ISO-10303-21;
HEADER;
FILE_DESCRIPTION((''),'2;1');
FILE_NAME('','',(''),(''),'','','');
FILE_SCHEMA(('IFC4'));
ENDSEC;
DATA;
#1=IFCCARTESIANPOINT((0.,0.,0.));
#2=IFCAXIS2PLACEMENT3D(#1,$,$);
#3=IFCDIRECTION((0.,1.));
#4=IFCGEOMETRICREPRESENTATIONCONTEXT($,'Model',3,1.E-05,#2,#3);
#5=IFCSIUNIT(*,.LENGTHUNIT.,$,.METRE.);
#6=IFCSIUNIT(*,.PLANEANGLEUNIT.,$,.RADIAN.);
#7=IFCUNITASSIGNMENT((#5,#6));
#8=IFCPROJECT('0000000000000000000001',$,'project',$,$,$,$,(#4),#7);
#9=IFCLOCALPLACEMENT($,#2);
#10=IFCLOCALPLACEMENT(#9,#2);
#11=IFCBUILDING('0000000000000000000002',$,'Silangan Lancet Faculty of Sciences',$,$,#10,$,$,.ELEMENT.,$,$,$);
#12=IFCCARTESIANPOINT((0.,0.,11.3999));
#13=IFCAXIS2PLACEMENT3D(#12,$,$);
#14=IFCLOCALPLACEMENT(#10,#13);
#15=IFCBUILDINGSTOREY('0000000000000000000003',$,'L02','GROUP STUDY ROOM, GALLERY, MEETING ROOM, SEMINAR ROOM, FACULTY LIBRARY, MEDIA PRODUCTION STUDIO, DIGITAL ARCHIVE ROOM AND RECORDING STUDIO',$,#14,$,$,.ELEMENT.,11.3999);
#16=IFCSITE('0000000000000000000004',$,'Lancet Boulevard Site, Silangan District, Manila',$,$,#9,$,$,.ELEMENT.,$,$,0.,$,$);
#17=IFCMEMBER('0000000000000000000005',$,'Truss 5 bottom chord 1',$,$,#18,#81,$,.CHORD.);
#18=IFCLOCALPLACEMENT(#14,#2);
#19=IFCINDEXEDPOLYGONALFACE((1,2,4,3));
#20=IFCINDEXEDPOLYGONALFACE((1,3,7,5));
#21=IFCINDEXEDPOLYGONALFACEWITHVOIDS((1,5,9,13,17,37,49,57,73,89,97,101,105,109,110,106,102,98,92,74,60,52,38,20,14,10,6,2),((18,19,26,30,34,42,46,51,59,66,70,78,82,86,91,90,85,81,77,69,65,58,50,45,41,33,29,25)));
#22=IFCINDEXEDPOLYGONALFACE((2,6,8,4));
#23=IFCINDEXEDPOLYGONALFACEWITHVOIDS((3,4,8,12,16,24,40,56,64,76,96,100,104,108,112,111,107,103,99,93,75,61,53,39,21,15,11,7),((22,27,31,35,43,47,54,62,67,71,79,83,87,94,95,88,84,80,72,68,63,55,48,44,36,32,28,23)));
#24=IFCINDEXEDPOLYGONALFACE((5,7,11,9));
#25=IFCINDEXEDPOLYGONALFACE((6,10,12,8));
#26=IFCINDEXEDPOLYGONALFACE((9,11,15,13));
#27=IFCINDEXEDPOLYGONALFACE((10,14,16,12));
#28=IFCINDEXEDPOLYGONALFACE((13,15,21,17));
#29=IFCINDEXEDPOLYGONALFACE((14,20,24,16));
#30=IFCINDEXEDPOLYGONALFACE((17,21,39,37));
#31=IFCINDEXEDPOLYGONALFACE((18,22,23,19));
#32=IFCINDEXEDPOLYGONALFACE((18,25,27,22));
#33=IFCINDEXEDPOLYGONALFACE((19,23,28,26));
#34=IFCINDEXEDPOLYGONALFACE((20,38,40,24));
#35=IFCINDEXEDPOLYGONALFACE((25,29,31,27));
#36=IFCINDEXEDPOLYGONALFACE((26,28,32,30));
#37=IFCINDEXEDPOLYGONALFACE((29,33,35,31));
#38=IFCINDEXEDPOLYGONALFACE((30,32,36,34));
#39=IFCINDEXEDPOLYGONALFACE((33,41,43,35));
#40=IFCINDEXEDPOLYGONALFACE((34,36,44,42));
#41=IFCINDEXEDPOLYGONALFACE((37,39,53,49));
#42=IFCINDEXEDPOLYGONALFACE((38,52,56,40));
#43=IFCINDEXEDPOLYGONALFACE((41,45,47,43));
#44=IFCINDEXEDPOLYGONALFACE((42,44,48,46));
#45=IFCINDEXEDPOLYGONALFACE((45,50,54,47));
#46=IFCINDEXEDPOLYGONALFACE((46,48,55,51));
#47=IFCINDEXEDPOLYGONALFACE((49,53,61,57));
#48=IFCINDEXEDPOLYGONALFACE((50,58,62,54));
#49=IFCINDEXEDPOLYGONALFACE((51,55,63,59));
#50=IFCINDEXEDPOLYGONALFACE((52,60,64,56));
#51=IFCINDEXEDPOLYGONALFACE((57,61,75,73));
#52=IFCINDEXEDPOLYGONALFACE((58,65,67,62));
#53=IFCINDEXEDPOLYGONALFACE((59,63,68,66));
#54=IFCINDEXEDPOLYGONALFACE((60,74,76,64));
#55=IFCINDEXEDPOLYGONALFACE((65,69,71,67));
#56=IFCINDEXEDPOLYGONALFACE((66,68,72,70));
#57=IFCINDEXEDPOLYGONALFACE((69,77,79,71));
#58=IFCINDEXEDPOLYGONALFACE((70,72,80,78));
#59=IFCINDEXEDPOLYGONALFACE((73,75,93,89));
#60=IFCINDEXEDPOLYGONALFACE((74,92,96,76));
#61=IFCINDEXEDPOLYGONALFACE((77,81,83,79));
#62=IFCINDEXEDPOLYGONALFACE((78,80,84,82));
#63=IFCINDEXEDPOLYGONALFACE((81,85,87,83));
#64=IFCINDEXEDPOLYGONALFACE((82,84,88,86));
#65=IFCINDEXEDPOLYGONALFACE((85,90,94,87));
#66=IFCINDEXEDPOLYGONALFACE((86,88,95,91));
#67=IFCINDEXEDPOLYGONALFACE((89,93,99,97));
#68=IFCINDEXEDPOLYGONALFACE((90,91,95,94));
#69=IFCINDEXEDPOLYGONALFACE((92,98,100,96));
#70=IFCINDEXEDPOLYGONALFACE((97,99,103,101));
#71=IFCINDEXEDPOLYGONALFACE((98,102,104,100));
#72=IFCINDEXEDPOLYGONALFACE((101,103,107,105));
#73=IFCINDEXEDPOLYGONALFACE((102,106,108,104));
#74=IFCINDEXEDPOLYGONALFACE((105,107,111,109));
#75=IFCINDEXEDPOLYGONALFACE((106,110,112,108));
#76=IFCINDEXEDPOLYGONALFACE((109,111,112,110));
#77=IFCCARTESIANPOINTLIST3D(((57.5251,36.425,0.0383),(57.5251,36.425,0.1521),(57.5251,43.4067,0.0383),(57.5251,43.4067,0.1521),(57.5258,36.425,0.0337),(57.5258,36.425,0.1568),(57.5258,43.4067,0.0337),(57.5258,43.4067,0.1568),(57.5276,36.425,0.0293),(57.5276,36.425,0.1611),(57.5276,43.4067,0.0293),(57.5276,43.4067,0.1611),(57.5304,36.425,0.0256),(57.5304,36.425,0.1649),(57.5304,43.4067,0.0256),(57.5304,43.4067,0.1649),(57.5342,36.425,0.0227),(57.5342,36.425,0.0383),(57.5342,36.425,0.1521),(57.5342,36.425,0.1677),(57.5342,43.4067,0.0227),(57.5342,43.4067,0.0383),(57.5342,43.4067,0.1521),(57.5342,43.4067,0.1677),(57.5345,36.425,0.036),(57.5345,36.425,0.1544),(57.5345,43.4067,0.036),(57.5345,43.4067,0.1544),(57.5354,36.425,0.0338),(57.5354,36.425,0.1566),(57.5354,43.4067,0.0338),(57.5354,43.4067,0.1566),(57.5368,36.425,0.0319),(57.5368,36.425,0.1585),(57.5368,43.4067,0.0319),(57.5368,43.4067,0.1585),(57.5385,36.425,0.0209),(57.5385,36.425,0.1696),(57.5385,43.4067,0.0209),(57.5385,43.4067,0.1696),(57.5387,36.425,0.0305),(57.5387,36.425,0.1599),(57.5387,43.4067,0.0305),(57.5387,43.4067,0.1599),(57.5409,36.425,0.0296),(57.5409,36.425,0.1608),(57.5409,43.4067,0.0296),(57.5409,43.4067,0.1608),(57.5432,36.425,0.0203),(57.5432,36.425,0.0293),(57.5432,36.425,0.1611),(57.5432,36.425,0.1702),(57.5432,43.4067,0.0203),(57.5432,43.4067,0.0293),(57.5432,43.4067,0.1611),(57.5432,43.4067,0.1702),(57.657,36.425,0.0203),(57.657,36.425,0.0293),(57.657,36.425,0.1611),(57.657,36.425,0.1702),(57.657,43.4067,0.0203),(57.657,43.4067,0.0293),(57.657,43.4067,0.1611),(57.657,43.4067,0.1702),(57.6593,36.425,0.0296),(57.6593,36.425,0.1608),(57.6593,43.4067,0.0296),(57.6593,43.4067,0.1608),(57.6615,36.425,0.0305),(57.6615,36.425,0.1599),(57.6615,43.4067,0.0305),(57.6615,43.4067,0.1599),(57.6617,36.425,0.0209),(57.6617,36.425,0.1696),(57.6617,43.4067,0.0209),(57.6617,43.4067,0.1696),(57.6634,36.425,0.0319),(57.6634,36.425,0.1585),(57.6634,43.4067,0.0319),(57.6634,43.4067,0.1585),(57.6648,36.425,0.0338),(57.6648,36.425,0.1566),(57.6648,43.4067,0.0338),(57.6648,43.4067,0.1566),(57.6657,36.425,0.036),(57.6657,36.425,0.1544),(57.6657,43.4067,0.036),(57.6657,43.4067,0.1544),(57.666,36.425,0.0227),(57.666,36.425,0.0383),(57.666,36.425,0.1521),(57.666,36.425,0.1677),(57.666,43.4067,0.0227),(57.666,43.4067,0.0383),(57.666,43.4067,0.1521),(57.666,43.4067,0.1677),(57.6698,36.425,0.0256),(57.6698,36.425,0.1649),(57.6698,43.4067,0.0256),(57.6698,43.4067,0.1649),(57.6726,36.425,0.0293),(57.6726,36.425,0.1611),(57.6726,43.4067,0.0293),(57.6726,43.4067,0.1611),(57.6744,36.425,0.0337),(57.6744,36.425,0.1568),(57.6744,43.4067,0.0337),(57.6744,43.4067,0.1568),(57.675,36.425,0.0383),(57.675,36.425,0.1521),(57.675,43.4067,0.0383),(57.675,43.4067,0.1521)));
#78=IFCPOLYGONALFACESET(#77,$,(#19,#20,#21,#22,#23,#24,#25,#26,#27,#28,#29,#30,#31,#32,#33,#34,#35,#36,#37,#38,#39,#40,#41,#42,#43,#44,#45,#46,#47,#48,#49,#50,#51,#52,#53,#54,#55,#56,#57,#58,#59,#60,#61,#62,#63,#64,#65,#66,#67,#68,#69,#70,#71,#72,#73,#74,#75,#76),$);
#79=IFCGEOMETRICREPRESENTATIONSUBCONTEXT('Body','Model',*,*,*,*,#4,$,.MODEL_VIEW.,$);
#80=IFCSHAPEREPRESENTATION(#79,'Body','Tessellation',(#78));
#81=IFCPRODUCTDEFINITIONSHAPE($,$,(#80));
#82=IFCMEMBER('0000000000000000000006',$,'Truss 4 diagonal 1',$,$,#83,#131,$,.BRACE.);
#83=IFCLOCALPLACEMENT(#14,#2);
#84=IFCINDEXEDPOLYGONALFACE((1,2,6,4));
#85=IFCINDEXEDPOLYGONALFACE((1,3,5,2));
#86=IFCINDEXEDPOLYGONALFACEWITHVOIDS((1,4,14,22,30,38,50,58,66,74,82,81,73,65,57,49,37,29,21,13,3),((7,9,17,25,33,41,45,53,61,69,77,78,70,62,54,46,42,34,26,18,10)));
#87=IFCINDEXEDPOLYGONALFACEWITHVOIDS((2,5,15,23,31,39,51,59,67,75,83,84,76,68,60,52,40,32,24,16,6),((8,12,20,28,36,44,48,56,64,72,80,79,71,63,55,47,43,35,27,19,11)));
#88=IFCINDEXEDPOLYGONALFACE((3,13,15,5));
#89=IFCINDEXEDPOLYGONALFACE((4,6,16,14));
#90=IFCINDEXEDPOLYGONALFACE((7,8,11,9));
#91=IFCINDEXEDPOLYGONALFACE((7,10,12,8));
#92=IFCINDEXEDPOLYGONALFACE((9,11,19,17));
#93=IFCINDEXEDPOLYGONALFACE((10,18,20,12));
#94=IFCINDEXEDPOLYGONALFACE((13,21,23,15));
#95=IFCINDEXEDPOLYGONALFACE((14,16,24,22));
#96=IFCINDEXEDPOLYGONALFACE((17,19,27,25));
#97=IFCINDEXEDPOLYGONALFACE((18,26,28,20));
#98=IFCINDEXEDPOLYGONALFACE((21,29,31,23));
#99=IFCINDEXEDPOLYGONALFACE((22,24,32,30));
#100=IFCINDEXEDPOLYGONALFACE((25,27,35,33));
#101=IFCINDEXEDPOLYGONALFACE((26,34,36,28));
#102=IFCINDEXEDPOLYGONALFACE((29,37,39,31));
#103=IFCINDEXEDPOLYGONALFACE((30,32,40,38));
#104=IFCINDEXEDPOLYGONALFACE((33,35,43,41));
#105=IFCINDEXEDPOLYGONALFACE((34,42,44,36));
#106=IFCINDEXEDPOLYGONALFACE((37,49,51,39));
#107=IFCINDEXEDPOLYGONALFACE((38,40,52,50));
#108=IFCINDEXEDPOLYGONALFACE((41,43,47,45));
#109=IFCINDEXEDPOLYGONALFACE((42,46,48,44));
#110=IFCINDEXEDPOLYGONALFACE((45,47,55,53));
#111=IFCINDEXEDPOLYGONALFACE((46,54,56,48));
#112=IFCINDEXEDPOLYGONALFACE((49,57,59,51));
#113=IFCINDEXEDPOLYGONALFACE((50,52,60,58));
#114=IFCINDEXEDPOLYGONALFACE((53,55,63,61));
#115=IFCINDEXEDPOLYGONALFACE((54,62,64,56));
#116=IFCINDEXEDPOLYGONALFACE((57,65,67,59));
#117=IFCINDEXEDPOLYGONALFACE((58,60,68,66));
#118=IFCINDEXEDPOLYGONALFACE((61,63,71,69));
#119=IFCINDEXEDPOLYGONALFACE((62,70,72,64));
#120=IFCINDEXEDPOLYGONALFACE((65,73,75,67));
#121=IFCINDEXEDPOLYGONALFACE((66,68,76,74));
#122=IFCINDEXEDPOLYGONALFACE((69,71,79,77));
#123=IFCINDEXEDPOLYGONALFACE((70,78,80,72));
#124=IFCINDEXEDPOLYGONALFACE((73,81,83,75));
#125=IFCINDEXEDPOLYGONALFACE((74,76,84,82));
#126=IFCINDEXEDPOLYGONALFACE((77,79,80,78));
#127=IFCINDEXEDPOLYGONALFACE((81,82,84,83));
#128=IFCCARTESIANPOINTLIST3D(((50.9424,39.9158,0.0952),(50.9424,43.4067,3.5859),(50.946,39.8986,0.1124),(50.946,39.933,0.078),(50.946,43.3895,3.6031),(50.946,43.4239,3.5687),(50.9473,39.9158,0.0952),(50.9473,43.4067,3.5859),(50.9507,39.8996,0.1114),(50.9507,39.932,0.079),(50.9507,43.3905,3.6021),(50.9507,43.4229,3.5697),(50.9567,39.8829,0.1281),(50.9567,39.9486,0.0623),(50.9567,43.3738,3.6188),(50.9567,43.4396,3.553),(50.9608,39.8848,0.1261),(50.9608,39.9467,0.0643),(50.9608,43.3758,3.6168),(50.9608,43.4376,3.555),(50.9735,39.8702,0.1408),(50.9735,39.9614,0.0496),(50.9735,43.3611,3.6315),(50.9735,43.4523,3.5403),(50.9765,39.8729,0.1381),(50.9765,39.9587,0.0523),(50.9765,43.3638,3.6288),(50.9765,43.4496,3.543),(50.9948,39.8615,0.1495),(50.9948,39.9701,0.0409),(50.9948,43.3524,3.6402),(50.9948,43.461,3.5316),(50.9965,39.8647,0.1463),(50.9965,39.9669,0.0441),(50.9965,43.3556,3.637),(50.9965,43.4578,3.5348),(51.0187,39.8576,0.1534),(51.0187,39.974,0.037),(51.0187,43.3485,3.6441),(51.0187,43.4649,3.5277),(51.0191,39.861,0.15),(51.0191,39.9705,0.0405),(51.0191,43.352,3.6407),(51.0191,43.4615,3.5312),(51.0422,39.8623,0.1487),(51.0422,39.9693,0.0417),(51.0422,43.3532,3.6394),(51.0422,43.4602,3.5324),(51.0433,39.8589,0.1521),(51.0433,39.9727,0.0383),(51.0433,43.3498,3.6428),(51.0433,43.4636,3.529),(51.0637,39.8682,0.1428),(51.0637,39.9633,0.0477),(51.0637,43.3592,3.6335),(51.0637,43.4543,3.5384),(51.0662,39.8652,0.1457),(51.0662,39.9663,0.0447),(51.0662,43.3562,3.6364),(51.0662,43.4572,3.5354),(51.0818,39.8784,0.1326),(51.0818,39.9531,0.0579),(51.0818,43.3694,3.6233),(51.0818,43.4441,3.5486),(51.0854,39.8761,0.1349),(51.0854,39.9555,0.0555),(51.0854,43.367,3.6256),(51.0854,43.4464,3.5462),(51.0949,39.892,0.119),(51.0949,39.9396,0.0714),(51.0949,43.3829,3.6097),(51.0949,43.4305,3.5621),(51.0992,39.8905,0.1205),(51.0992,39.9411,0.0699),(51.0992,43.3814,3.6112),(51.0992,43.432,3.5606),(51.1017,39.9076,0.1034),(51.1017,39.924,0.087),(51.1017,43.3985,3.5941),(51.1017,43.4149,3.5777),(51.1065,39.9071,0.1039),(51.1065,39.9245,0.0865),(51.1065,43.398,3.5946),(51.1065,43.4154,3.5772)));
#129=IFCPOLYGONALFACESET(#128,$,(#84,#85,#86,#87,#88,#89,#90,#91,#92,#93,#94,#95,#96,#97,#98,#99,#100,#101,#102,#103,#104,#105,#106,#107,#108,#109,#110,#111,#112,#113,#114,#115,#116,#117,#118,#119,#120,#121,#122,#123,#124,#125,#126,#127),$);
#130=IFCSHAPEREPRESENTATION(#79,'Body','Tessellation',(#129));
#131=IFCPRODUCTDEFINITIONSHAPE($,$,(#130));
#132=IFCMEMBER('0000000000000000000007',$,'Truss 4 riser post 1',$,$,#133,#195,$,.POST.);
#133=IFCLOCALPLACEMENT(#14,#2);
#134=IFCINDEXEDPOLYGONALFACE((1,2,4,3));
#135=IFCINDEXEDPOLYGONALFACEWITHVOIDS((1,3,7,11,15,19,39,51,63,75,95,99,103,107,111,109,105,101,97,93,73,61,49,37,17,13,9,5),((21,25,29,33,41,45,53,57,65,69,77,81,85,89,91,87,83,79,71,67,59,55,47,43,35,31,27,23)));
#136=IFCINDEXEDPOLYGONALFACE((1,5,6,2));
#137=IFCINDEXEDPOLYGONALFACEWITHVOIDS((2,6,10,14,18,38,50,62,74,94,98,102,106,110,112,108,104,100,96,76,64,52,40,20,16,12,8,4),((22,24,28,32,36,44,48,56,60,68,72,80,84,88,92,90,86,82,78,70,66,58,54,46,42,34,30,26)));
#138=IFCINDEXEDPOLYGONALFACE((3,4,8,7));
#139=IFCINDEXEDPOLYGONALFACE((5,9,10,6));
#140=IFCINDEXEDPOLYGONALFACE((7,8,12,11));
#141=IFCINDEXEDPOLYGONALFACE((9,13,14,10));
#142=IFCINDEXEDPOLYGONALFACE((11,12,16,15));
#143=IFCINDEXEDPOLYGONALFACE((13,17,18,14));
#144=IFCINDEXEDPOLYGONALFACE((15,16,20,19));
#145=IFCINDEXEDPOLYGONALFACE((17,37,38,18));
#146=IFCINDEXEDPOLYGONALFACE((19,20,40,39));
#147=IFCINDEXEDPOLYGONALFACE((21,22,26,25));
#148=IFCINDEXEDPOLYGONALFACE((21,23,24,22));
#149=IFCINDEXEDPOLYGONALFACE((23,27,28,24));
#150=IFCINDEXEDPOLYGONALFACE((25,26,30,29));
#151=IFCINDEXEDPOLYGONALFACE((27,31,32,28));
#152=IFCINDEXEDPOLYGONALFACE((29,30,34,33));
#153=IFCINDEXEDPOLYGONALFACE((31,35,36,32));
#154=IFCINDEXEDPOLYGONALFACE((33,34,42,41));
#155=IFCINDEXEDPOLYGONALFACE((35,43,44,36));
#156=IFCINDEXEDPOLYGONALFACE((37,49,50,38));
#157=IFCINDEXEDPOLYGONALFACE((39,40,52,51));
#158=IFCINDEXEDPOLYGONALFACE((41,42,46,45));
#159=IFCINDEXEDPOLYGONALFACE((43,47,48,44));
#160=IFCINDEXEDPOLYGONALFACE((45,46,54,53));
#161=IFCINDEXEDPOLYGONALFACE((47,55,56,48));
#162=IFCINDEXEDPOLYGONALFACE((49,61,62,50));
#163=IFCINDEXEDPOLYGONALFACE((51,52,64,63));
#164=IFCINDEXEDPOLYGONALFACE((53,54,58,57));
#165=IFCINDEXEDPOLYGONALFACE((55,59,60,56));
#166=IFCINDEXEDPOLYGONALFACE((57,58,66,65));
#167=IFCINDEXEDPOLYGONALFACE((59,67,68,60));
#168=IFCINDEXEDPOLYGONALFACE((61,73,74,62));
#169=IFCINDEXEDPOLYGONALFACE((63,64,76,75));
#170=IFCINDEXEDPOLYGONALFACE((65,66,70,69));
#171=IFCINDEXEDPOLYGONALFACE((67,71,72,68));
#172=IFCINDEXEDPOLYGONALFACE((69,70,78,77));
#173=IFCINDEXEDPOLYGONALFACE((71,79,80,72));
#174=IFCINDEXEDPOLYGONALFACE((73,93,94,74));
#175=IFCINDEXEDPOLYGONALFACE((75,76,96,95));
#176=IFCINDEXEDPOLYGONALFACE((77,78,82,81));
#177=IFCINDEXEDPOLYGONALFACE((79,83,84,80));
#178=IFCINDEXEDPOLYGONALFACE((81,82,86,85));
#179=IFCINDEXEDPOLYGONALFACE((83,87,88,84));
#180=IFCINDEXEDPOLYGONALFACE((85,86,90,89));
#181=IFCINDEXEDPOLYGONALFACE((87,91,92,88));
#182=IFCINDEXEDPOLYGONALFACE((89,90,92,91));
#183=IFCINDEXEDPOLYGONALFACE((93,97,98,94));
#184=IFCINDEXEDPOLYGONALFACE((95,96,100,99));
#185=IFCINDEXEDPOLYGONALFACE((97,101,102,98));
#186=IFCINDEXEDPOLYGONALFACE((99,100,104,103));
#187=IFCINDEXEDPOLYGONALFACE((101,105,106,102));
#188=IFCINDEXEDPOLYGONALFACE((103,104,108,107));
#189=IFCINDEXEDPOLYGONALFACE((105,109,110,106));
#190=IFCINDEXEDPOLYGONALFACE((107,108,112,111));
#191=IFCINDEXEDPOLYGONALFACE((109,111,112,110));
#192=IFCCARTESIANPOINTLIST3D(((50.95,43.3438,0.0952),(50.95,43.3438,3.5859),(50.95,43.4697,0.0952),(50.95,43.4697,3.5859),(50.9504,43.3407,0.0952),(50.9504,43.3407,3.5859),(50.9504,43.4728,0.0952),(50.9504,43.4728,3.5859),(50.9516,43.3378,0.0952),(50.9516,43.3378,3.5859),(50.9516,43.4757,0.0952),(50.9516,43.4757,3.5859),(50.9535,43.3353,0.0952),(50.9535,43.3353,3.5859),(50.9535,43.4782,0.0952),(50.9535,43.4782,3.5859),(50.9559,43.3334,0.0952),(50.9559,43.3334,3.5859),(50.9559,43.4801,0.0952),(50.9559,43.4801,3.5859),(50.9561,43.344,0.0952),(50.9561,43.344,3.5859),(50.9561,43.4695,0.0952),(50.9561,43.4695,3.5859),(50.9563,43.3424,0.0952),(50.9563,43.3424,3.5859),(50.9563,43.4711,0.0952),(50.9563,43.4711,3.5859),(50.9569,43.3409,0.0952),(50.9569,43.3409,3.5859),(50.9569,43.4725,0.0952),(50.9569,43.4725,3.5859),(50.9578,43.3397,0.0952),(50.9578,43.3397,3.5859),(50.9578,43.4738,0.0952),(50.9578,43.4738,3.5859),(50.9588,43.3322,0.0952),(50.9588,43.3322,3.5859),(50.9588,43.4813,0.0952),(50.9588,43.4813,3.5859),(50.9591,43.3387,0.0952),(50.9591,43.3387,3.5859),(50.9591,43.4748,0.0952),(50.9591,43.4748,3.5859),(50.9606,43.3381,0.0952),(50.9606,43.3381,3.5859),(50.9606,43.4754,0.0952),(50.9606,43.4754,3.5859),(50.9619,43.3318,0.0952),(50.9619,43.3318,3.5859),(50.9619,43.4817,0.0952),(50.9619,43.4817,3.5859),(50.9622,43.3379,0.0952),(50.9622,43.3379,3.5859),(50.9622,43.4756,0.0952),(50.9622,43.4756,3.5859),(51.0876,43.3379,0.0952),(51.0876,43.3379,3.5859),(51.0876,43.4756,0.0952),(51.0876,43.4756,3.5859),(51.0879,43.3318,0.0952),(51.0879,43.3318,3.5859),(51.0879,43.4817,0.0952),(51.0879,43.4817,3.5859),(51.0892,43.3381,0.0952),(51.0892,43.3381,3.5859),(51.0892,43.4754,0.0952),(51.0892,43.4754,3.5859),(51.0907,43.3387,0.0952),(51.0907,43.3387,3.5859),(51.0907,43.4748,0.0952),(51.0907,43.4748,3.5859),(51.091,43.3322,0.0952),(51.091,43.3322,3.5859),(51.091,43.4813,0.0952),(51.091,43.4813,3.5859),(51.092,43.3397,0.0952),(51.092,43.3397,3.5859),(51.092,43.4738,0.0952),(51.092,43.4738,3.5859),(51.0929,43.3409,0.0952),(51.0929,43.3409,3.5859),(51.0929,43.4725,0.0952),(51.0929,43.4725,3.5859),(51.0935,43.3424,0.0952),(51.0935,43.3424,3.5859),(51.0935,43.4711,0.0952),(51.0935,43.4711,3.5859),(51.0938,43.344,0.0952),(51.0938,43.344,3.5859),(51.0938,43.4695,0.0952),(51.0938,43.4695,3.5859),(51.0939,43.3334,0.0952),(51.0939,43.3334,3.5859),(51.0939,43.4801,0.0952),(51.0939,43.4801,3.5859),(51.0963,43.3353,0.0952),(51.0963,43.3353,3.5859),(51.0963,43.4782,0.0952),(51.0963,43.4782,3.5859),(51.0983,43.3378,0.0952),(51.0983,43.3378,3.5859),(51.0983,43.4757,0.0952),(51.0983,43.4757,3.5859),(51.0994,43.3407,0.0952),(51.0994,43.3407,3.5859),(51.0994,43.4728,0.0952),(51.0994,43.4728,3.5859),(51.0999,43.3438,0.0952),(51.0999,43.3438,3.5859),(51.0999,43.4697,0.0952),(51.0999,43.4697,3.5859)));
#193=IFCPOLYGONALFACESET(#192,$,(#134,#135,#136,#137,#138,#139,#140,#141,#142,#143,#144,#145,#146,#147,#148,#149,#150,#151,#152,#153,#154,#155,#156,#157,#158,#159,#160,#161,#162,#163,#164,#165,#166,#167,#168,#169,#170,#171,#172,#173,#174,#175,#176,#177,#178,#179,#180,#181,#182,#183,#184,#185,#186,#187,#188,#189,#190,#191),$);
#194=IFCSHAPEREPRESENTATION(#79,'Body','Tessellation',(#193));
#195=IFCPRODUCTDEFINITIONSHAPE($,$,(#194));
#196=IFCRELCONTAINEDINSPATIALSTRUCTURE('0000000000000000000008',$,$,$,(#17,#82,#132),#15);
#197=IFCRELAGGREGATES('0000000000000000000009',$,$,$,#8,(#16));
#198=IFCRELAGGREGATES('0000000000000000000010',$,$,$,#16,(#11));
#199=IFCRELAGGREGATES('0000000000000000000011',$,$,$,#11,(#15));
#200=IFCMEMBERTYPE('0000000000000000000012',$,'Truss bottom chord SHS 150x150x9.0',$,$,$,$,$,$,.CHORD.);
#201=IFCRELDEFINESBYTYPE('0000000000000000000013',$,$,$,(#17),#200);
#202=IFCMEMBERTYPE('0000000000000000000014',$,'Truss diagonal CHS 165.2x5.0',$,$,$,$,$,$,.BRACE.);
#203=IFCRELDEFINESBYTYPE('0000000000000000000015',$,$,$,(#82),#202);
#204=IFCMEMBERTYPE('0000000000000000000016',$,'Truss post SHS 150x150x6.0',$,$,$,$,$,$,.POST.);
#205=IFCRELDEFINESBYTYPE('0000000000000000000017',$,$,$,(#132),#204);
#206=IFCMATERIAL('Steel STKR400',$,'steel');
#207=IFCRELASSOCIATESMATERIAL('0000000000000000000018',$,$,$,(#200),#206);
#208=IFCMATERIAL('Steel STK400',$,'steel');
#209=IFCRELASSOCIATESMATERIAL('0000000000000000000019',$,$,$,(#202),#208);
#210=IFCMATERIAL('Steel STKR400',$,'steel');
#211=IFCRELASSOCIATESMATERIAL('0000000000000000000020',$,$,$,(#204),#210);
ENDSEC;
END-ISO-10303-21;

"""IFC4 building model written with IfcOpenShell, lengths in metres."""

from ifc_helpers import new_model, si_unit, direction, frame, origin, origin_2d, place, context, subcontext, project, spatial, hollow_rectangle, hollow_circle, extrude, material, material_profile, profile_set, type_object, element, save


model = new_model("IFC4")

# Units and contexts
model_context = context("Model", 3, precision=1e-05, world=origin(), true_north=direction((0.0, 1.0)))
body_context = subcontext(model_context, "Body", "Model", "MODEL_VIEW")
ifc_project = project(units=[si_unit("LENGTHUNIT", "METRE"), si_unit("PLANEANGLEUNIT", "RADIAN")], contexts=[model_context])

# Site, building, storey
site_placement = place(None, origin())
site = spatial("IfcSite", under=ifc_project, at=site_placement, Name="Lancet Boulevard Site, Silangan District, Manila", CompositionType="ELEMENT", RefElevation=0.0)
building_placement = place(site_placement, origin())
building = spatial("IfcBuilding", under=site, at=building_placement, Name="Silangan Lancet Faculty of Sciences", CompositionType="ELEMENT")
storey_placement = place(building_placement, frame((0.0, 0.0, 11.3999)))
storey = spatial("IfcBuildingStorey", under=building, at=storey_placement, Name="L02", Description="GROUP STUDY ROOM, GALLERY, MEETING ROOM, SEMINAR ROOM, FACULTY LIBRARY, MEDIA PRODUCTION STUDIO, DIGITAL ARCHIVE ROOM AND RECORDING STUDIO", CompositionType="ELEMENT", Elevation=11.3999)

# Members
ifc_material_1 = material(Name="Steel STKR400", Category="steel")
ifc_material_profile_1 = material_profile(ifc_material_1, hollow_rectangle(XDim=0.1499, YDim=0.1499, WallThickness=0.009, InnerFilletRadius=0.009, OuterFilletRadius=0.0181, at=origin_2d()), Name="SHS 150x150x9.0")
ifc_profile_set_1 = profile_set([ifc_material_profile_1], Name="Steel STKR400")
member_type_1 = type_object("IfcMemberType", Name="Truss bottom chord SHS 150x150x9.0", PredefinedType="CHORD", material=ifc_profile_set_1)
member_1_placement = place(storey_placement, frame((57.6001, 36.425, 0.0952), z_axis=(0.0, 1.0, 0.0), x_axis=(-1.0, 0.0, 0.0)))
element("IfcMember", 1, at=member_1_placement, inside=storey, type_object=member_type_1, Name="Truss 5 bottom chord 1", PredefinedType="CHORD", context=body_context, shape_type="SweptSolid", body=[
    extrude(hollow_rectangle(XDim=0.1499, YDim=0.1499, WallThickness=0.009, InnerFilletRadius=0.009, OuterFilletRadius=0.0181, at=origin_2d()), origin(), (0.0, 0.0, 1.0), 6.9817),
])
ifc_material_2 = material(Name="Steel STK400", Category="steel")
ifc_material_profile_2 = material_profile(ifc_material_2, hollow_circle(Radius=0.0825, WallThickness=0.0049, at=origin_2d()), Name="CHS 165.2x5.0")
ifc_profile_set_2 = profile_set([ifc_material_profile_2], Name="Steel STK400")
member_type_2 = type_object("IfcMemberType", Name="Truss diagonal CHS 165.2x5.0", PredefinedType="BRACE", material=ifc_profile_set_2)
member_2_placement = place(storey_placement, frame((51.0249, 39.9158, 0.0952), z_axis=(0.0, 0.707132, 0.707082), x_axis=(-1.0, 0.0, 0.0)))
element("IfcMember", 2, at=member_2_placement, inside=storey, type_object=member_type_2, Name="Truss 4 diagonal 1", PredefinedType="BRACE", context=body_context, shape_type="SweptSolid", body=[
    extrude(hollow_circle(Radius=0.0825, WallThickness=0.0049, at=origin_2d()), origin(), (0.0, 0.0, 1.0), 4.9368),
])
ifc_material_3 = material(Name="Steel STKR400", Category="steel")
ifc_material_profile_3 = material_profile(ifc_material_3, hollow_rectangle(XDim=0.1499, YDim=0.1499, WallThickness=0.0061, InnerFilletRadius=0.0061, OuterFilletRadius=0.012, at=origin_2d()), Name="SHS 150x150x6.0")
ifc_profile_set_3 = profile_set([ifc_material_profile_3], Name="Steel STKR400")
member_type_3 = type_object("IfcMemberType", Name="Truss post SHS 150x150x6.0", PredefinedType="POST", material=ifc_profile_set_3)
member_3_placement = place(storey_placement, frame((51.0249, 43.4067, 0.0952), z_axis=(0.0, 0.0, 1.0), x_axis=(1.0, 0.0, 0.0)))
element("IfcMember", 3, at=member_3_placement, inside=storey, type_object=member_type_3, Name="Truss 4 riser post 1", PredefinedType="POST", context=body_context, shape_type="SweptSolid", body=[
    extrude(hollow_rectangle(XDim=0.1499, YDim=0.1499, WallThickness=0.0061, InnerFilletRadius=0.0061, OuterFilletRadius=0.012, at=origin_2d()), origin(), (0.0, 0.0, 1.0), 3.4907),
])

save(model, "model.ifc")
